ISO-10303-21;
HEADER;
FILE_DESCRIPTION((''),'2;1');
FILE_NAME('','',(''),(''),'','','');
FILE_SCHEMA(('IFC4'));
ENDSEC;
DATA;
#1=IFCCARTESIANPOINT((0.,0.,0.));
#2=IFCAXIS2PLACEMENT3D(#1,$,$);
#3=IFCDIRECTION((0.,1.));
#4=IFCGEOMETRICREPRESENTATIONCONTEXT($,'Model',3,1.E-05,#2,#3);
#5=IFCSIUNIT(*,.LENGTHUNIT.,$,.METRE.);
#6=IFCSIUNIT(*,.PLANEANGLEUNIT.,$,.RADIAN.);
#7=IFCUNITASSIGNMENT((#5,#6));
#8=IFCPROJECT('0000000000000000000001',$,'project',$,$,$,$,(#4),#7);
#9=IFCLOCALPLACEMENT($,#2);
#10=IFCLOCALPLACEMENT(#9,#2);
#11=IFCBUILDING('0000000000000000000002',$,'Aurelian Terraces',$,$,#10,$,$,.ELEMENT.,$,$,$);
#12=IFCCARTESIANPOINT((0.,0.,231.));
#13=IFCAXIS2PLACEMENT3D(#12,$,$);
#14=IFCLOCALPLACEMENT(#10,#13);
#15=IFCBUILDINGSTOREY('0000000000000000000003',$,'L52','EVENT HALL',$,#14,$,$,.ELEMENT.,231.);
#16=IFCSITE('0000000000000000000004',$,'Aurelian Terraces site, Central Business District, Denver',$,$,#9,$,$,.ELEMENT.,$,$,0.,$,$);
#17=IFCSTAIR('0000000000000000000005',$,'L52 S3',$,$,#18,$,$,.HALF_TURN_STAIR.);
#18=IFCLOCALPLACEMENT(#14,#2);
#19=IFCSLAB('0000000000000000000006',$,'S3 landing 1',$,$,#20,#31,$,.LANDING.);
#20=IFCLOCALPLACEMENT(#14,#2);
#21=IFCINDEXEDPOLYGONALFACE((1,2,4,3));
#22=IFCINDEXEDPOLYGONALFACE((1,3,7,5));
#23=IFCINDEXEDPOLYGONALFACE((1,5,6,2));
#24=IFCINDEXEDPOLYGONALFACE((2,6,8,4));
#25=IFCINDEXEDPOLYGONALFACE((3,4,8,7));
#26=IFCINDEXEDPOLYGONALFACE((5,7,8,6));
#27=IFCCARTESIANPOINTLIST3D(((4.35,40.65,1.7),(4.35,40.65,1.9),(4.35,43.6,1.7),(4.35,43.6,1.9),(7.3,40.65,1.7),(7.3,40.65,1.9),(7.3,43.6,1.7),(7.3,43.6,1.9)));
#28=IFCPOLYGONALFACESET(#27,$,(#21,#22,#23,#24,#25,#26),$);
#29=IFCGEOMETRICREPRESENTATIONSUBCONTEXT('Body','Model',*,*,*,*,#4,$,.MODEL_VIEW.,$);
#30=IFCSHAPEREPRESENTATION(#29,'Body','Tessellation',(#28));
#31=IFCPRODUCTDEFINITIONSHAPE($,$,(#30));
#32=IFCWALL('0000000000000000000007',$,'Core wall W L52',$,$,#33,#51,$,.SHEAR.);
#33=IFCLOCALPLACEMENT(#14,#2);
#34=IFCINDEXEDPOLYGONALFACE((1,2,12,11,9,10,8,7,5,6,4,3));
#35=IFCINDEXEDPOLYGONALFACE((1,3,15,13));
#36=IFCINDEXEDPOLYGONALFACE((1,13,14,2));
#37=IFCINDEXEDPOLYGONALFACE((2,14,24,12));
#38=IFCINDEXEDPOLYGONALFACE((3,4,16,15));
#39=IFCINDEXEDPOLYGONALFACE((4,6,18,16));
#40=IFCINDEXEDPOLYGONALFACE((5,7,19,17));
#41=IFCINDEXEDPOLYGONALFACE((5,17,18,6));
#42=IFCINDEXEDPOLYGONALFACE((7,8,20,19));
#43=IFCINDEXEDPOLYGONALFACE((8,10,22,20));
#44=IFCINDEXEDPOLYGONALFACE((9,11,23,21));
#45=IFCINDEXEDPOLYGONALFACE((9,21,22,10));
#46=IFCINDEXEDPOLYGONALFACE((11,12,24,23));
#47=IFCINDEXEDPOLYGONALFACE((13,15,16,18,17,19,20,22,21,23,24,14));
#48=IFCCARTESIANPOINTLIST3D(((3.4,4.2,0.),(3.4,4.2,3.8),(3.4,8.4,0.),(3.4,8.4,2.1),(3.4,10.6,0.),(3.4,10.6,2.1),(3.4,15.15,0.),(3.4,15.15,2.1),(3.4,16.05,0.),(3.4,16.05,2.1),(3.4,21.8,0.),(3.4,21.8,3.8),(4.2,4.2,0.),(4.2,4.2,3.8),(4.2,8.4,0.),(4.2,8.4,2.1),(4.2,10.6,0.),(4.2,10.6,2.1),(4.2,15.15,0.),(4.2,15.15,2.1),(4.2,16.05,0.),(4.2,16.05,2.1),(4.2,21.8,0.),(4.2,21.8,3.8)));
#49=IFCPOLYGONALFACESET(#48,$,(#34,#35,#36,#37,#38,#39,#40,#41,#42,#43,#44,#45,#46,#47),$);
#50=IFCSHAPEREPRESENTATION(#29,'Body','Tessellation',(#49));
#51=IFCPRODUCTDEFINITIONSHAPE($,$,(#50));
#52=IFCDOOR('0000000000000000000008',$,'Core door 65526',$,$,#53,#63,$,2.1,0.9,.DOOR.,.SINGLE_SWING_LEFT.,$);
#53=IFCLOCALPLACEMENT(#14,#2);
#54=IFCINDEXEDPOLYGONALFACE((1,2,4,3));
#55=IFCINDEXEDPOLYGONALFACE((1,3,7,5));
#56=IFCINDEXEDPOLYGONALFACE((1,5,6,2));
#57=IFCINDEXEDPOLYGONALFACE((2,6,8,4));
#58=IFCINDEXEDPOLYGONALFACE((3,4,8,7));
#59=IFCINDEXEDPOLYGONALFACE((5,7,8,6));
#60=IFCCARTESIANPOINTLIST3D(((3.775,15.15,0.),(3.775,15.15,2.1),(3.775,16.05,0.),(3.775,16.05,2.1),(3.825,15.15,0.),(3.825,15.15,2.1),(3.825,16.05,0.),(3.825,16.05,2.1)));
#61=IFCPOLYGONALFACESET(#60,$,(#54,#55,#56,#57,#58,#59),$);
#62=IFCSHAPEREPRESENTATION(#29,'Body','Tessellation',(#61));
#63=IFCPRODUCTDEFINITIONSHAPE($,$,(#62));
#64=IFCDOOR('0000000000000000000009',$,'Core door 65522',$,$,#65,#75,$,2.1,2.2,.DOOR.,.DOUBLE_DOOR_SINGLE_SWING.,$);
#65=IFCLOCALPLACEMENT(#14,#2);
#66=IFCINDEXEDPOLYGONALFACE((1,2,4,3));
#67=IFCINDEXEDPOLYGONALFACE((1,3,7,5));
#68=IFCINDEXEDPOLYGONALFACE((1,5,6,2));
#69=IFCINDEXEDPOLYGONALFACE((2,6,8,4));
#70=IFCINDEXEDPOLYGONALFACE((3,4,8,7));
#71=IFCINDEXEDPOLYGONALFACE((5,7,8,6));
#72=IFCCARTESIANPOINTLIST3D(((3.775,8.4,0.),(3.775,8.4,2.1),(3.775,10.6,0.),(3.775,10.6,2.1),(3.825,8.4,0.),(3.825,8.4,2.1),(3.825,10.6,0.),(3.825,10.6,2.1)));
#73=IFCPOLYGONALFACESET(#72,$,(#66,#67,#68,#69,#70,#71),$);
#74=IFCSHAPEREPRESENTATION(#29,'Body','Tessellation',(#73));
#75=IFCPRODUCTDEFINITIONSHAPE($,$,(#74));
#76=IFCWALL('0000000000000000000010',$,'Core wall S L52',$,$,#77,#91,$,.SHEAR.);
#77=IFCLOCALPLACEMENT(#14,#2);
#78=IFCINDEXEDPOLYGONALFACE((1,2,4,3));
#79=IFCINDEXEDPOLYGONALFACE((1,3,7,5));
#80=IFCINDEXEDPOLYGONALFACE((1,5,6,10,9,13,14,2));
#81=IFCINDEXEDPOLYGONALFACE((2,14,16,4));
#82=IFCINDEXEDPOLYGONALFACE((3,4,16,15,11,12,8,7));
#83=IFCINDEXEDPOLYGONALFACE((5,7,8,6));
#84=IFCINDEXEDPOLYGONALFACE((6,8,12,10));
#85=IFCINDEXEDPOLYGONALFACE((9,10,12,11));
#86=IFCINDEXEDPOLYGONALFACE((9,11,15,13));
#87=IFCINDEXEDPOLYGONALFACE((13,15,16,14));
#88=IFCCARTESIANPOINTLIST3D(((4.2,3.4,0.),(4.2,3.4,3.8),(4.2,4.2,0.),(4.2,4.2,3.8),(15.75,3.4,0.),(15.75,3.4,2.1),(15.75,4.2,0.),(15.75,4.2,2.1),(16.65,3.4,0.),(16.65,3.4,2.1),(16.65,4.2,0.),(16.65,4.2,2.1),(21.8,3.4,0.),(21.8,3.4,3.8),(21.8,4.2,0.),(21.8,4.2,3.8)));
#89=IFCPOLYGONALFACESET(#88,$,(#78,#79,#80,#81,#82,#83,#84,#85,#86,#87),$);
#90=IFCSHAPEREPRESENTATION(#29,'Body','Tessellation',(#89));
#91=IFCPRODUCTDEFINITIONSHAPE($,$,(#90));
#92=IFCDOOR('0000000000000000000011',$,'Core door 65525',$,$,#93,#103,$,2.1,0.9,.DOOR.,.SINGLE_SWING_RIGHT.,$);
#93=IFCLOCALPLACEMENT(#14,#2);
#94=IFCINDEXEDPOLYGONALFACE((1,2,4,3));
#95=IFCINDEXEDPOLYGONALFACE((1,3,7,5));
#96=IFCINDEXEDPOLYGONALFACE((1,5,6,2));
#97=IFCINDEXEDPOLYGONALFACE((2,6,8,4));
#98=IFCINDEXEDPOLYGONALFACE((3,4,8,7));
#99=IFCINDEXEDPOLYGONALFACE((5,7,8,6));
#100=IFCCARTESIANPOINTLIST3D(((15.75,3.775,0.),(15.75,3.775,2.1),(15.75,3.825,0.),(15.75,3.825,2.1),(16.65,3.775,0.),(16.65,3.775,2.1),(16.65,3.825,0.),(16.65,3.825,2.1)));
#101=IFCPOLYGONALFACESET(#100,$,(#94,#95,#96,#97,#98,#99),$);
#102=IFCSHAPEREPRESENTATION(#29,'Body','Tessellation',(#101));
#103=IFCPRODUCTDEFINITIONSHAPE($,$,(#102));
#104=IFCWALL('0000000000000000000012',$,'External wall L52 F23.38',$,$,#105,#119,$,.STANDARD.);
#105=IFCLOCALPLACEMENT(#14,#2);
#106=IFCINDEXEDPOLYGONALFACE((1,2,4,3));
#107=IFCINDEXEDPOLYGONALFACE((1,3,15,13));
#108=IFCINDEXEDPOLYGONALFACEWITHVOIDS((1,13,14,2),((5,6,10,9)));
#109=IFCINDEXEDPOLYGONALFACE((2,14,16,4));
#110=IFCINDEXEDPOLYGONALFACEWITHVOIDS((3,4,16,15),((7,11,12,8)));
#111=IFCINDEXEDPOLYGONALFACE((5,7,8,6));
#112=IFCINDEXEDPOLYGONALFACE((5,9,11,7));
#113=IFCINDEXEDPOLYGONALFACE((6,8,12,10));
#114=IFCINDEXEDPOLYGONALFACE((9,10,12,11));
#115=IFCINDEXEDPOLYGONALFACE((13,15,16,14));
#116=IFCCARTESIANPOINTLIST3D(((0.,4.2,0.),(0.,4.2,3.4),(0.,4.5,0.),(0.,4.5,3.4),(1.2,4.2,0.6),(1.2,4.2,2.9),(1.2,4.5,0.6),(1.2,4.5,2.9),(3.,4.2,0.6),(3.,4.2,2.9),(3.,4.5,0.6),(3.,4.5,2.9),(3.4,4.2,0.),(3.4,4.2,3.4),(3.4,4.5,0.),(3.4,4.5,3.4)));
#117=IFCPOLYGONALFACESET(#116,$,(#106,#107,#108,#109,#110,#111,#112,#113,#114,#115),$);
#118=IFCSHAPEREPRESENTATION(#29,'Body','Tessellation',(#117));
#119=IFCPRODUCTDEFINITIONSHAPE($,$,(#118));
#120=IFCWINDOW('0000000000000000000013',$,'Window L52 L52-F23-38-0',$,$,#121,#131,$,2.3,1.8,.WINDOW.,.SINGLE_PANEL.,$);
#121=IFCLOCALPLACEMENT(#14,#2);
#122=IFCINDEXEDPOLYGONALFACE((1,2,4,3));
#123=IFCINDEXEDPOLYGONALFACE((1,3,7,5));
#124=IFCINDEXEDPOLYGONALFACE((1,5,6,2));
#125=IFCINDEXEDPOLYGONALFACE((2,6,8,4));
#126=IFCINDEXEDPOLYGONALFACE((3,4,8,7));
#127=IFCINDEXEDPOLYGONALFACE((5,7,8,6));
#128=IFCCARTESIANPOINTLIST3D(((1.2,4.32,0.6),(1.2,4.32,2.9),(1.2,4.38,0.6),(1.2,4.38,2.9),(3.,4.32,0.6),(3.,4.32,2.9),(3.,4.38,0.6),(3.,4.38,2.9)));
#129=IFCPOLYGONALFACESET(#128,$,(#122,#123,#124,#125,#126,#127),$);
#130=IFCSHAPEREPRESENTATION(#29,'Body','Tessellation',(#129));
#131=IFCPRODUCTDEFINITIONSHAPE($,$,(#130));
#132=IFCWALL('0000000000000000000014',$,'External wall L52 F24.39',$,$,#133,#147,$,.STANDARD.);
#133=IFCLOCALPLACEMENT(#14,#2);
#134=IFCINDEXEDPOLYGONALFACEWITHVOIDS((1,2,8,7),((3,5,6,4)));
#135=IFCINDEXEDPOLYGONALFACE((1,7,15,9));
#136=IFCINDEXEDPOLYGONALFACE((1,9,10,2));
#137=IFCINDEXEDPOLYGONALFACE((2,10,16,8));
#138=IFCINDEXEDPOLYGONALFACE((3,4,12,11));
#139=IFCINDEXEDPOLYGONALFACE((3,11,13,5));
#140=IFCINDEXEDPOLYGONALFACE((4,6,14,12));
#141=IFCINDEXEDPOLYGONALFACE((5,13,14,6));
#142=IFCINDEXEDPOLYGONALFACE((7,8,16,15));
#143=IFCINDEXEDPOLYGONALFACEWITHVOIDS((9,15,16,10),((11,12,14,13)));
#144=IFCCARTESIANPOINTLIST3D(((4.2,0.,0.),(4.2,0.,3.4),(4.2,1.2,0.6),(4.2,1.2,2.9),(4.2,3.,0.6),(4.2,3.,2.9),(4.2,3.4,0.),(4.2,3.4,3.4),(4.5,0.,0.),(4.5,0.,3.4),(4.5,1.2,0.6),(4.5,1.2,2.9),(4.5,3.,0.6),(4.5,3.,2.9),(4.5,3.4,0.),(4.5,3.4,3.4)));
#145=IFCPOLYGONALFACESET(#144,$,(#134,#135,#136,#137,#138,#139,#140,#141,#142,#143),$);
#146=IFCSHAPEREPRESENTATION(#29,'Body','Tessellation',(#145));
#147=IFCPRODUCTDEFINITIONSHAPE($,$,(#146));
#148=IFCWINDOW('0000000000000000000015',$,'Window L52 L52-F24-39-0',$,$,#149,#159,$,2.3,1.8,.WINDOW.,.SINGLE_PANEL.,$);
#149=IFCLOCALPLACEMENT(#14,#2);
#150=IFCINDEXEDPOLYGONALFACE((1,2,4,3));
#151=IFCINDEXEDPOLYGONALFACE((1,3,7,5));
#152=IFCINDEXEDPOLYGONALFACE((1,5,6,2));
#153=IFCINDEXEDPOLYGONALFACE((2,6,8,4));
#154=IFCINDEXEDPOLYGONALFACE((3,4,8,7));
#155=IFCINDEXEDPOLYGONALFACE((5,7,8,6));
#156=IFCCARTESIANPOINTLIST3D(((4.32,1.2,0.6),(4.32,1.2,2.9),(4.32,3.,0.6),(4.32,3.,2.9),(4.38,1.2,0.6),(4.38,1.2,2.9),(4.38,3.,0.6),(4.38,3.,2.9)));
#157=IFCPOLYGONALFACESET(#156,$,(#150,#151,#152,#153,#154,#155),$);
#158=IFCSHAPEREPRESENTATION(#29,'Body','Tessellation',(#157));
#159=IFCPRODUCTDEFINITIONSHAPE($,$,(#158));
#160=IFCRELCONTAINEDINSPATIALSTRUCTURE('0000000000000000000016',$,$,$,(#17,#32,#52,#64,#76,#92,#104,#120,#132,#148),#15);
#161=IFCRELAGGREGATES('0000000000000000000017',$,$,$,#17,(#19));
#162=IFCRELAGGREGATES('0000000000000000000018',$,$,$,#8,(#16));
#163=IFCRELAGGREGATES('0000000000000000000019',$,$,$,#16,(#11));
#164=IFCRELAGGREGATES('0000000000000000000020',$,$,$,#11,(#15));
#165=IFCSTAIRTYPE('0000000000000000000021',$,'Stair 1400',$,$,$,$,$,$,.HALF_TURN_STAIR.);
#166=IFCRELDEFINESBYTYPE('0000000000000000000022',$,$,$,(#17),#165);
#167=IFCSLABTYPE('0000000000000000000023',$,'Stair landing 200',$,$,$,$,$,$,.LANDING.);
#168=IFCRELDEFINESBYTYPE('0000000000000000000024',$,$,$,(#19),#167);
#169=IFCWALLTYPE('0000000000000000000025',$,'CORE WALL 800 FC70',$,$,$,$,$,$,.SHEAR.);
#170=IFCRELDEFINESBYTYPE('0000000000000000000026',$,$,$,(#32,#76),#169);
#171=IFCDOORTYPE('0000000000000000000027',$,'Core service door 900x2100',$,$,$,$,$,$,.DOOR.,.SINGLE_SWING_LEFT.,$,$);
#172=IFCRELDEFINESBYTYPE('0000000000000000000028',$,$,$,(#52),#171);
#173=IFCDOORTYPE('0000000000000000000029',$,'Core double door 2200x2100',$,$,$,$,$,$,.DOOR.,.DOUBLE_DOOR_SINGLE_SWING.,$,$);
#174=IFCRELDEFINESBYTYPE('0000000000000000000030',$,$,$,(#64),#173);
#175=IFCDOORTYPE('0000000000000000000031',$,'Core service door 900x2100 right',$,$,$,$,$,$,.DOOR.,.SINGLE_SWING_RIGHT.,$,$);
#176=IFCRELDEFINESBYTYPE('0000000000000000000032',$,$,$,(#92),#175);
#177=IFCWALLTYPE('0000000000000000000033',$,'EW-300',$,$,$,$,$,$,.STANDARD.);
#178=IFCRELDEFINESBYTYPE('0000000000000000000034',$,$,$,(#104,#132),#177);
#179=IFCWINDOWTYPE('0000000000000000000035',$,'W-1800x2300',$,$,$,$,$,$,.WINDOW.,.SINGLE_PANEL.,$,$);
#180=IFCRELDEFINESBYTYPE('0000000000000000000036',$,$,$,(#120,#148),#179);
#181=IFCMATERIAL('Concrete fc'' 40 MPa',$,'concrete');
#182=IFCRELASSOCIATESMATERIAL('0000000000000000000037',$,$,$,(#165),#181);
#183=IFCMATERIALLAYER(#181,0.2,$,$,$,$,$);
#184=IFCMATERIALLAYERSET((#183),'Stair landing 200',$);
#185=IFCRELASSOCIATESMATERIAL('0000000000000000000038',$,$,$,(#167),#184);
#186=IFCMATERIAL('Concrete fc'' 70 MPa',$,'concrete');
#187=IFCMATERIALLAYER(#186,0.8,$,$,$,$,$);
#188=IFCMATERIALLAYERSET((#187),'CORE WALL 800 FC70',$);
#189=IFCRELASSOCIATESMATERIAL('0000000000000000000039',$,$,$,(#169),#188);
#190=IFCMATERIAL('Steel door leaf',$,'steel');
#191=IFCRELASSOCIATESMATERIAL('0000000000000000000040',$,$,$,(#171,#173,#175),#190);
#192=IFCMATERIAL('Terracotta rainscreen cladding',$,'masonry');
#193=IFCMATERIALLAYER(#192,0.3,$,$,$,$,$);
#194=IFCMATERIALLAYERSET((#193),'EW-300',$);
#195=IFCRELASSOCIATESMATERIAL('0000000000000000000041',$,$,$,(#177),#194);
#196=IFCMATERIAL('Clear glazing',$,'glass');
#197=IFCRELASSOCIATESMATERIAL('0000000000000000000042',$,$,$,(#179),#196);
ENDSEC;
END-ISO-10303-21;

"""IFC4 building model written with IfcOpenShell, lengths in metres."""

from ifc_helpers import new_model, si_unit, direction, frame, frame_2d, origin, place, context, subcontext, project, spatial, polyline, rectangle, outline, extrude, source, transform, mapped, material, layer, layer_set, type_object, element, fill, aggregate, save


model = new_model("IFC4")

# Units and contexts
model_context = context("Model", 3, precision=1e-05, world=origin(), true_north=direction((0.0, 1.0)))
body_context = subcontext(model_context, "Body", "Model", "MODEL_VIEW")
ifc_project = project(units=[si_unit("LENGTHUNIT", "METRE"), si_unit("PLANEANGLEUNIT", "RADIAN")], contexts=[model_context])

# Site, building, storey
site_placement = place(None, origin())
site = spatial("IfcSite", under=ifc_project, at=site_placement, Name="Aurelian Terraces site, Central Business District, Denver", CompositionType="ELEMENT", RefElevation=0.0)
building_placement = place(site_placement, origin())
building = spatial("IfcBuilding", under=site, at=building_placement, Name="Aurelian Terraces", CompositionType="ELEMENT")
storey_placement = place(building_placement, frame((0.0, 0.0, 231.0)))
storey = spatial("IfcBuildingStorey", under=building, at=storey_placement, Name="L52", Description="EVENT HALL", CompositionType="ELEMENT", Elevation=231.0)

# Stair, slab
ifc_material_1 = material(Name="Concrete fc' 40 MPa", Category="concrete")
stair_type = type_object("IfcStairType", Name="Stair 1400", PredefinedType="HALF_TURN_STAIR", material=ifc_material_1)
stair_placement = place(storey_placement, origin())
stair = element("IfcStair", 1, at=stair_placement, inside=storey, type_object=stair_type, Name="L52 S3", PredefinedType="HALF_TURN_STAIR")
ifc_layer_1 = layer(ifc_material_1, 0.2)
ifc_layer_set_1 = layer_set([ifc_layer_1], Name="Stair landing 200")
slab_type = type_object("IfcSlabType", Name="Stair landing 200", PredefinedType="LANDING", material=ifc_layer_set_1)
shared_shape_1 = source(origin(), body_context, "Body", "SweptSolid", [
    extrude(outline(polyline([(4.35, 40.65), (7.3, 40.65), (7.3, 43.6), (4.35, 43.6), (4.35, 40.65)])), origin(), (0.0, 0.0, 1.0), 0.2),
])
slab_placement = place(storey_placement, frame((0.0, 0.0, 1.7)))
slab = element("IfcSlab", 2, at=slab_placement, type_object=slab_type, Name="S3 landing 1", PredefinedType="LANDING", context=body_context, shape_type="MappedRepresentation", body=[
    mapped(shared_shape_1, transform((0.0, 0.0, 0.0), scale=1.0)),
])
aggregate(stair, [slab])

# Wall, openings, doors
ifc_material_2 = material(Name="Concrete fc' 70 MPa", Category="concrete")
ifc_layer_2 = layer(ifc_material_2, 0.8)
ifc_layer_set_2 = layer_set([ifc_layer_2], Name="CORE WALL 800 FC70")
wall_type_1 = type_object("IfcWallType", Name="CORE WALL 800 FC70", PredefinedType="SHEAR", material=ifc_layer_set_2)
shared_shape_2 = source(origin(), body_context, "Body", "SweptSolid", [
    extrude(rectangle(XDim=17.6, YDim=0.8, at=frame_2d((8.8, 0.0))), origin(), (0.0, 0.0, 1.0), 3.8),
])
wall_1_placement = place(storey_placement, frame((3.8, 4.2, 0.0), z_axis=(0.0, 0.0, 1.0), x_axis=(0.0, 1.0, 0.0)))
wall_1 = element("IfcWall", 3, at=wall_1_placement, inside=storey, type_object=wall_type_1, Name="Core wall W L52", PredefinedType="SHEAR", context=body_context, shape_type="MappedRepresentation", body=[
    mapped(shared_shape_2, transform((0.0, 0.0, 0.0), scale=1.0)),
])
shared_shape_3 = source(origin(), body_context, "Body", "SweptSolid", [
    extrude(rectangle(XDim=2.2, YDim=2.1, at=frame_2d((1.1, 1.05))), frame((0.0, 0.41, 0.0), z_axis=(0.0, -1.0, 0.0), x_axis=(1.0, 0.0, 0.0)), (0.0, 0.0, 1.0), 0.82),
])
opening_1_placement = place(wall_1_placement, frame((4.2, 0.0, 0.0)))
opening_1 = element("IfcOpeningElement", 4, at=opening_1_placement, cuts=wall_1, PredefinedType="OPENING", context=body_context, shape_type="MappedRepresentation", body=[
    mapped(shared_shape_3, transform((0.0, 0.0, 0.0), scale=1.0)),
])
shared_shape_4 = source(origin(), body_context, "Body", "SweptSolid", [
    extrude(rectangle(XDim=0.9, YDim=2.1, at=frame_2d((0.45, 1.05))), frame((0.0, 0.41, 0.0), z_axis=(0.0, -1.0, 0.0), x_axis=(1.0, 0.0, 0.0)), (0.0, 0.0, 1.0), 0.82),
])
opening_2_placement = place(wall_1_placement, frame((10.95, 0.0, 0.0)))
opening_2 = element("IfcOpeningElement", 5, at=opening_2_placement, cuts=wall_1, PredefinedType="OPENING", context=body_context, shape_type="MappedRepresentation", body=[
    mapped(shared_shape_4, transform((0.0, 0.0, 0.0), scale=1.0)),
])
ifc_material_3 = material(Name="Steel door leaf", Category="steel")
door_type_1 = type_object("IfcDoorType", Name="Core service door 900x2100", OperationType="SINGLE_SWING_LEFT", PredefinedType="DOOR", material=ifc_material_3)
shared_shape_5 = source(origin(), body_context, "Body", "SweptSolid", [
    extrude(rectangle(XDim=0.9, YDim=2.1, at=frame_2d((0.45, 1.05))), frame((0.0, 0.025, 0.0), z_axis=(0.0, -1.0, 0.0), x_axis=(1.0, 0.0, 0.0)), (0.0, 0.0, 1.0), 0.05),
])
door_1_placement = place(opening_2_placement, origin())
door_1 = element("IfcDoor", 6, at=door_1_placement, inside=storey, type_object=door_type_1, Name="Core door 65526", OperationType="SINGLE_SWING_LEFT", OverallHeight=2.1, OverallWidth=0.9, PredefinedType="DOOR", context=body_context, shape_type="MappedRepresentation", body=[
    mapped(shared_shape_5, transform((0.0, 0.0, 0.0), scale=1.0)),
])
fill(opening_2, door_1)
door_type_2 = type_object("IfcDoorType", Name="Core double door 2200x2100", OperationType="DOUBLE_DOOR_SINGLE_SWING", PredefinedType="DOOR", material=ifc_material_3)
shared_shape_6 = source(origin(), body_context, "Body", "SweptSolid", [
    extrude(rectangle(XDim=2.2, YDim=2.1, at=frame_2d((1.1, 1.05))), frame((0.0, 0.025, 0.0), z_axis=(0.0, -1.0, 0.0), x_axis=(1.0, 0.0, 0.0)), (0.0, 0.0, 1.0), 0.05),
])
door_2_placement = place(opening_1_placement, origin())
door_2 = element("IfcDoor", 7, at=door_2_placement, inside=storey, type_object=door_type_2, Name="Core door 65522", OperationType="DOUBLE_DOOR_SINGLE_SWING", OverallHeight=2.1, OverallWidth=2.2, PredefinedType="DOOR", context=body_context, shape_type="MappedRepresentation", body=[
    mapped(shared_shape_6, transform((0.0, 0.0, 0.0), scale=1.0)),
])
fill(opening_1, door_2)

# Wall, opening, door
wall_2_placement = place(storey_placement, frame((4.2, 3.8, 0.0), z_axis=(0.0, 0.0, 1.0), x_axis=(1.0, 0.0, 0.0)))
wall_2 = element("IfcWall", 8, at=wall_2_placement, inside=storey, type_object=wall_type_1, Name="Core wall S L52", PredefinedType="SHEAR", context=body_context, shape_type="MappedRepresentation", body=[
    mapped(shared_shape_2, transform((0.0, 0.0, 0.0), scale=1.0)),
])
opening_3_placement = place(wall_2_placement, frame((11.55, 0.0, 0.0)))
opening_3 = element("IfcOpeningElement", 9, at=opening_3_placement, cuts=wall_2, PredefinedType="OPENING", context=body_context, shape_type="MappedRepresentation", body=[
    mapped(shared_shape_4, transform((0.0, 0.0, 0.0), scale=1.0)),
])
door_type_3 = type_object("IfcDoorType", Name="Core service door 900x2100 right", OperationType="SINGLE_SWING_RIGHT", PredefinedType="DOOR", material=ifc_material_3)
door_3_placement = place(opening_3_placement, origin())
door_3 = element("IfcDoor", 10, at=door_3_placement, inside=storey, type_object=door_type_3, Name="Core door 65525", OperationType="SINGLE_SWING_RIGHT", OverallHeight=2.1, OverallWidth=0.9, PredefinedType="DOOR", context=body_context, shape_type="MappedRepresentation", body=[
    mapped(shared_shape_5, transform((0.0, 0.0, 0.0), scale=1.0)),
])
fill(opening_3, door_3)

# Walls, openings, windows
ifc_material_4 = material(Name="Terracotta rainscreen cladding", Category="masonry")
ifc_layer_3 = layer(ifc_material_4, 0.3)
ifc_layer_set_3 = layer_set([ifc_layer_3], Name="EW-300")
wall_type_2 = type_object("IfcWallType", Name="EW-300", PredefinedType="STANDARD", material=ifc_layer_set_3)
shared_shape_7 = source(origin(), body_context, "Body", "SweptSolid", [
    extrude(rectangle(XDim=3.4, YDim=0.3, at=frame_2d((1.7, 0.0))), origin(), (0.0, 0.0, 1.0), 3.4),
])
wall_3_placement = place(storey_placement, frame((0.0, 4.35, 0.0), z_axis=(0.0, 0.0, 1.0), x_axis=(1.0, 0.0, 0.0)))
wall_3 = element("IfcWall", 11, at=wall_3_placement, inside=storey, type_object=wall_type_2, Name="External wall L52 F23.38", PredefinedType="STANDARD", context=body_context, shape_type="MappedRepresentation", body=[
    mapped(shared_shape_7, transform((0.0, 0.0, 0.0), scale=1.0)),
])
shared_shape_8 = source(origin(), body_context, "Body", "SweptSolid", [
    extrude(rectangle(XDim=1.8, YDim=2.3, at=frame_2d((0.9, 1.15))), frame((0.0, 0.16, 0.0), z_axis=(0.0, -1.0, 0.0), x_axis=(1.0, 0.0, 0.0)), (0.0, 0.0, 1.0), 0.32),
])
opening_4_placement = place(wall_3_placement, frame((1.2, 0.0, 0.6)))
opening_4 = element("IfcOpeningElement", 12, at=opening_4_placement, cuts=wall_3, PredefinedType="OPENING", context=body_context, shape_type="MappedRepresentation", body=[
    mapped(shared_shape_8, transform((0.0, 0.0, 0.0), scale=1.0)),
])
ifc_material_5 = material(Name="Clear glazing", Category="glass")
window_type = type_object("IfcWindowType", Name="W-1800x2300", PartitioningType="SINGLE_PANEL", PredefinedType="WINDOW", material=ifc_material_5)
shared_shape_9 = source(origin(), body_context, "Body", "SweptSolid", [
    extrude(rectangle(XDim=1.8, YDim=2.3, at=frame_2d((0.9, 1.15))), frame((0.0, 0.03, 0.0), z_axis=(0.0, -1.0, 0.0), x_axis=(1.0, 0.0, 0.0)), (0.0, 0.0, 1.0), 0.06),
])
window_1_placement = place(opening_4_placement, origin())
window_1 = element("IfcWindow", 13, at=window_1_placement, inside=storey, type_object=window_type, Name="Window L52 L52-F23-38-0", OverallHeight=2.3, OverallWidth=1.8, PartitioningType="SINGLE_PANEL", PredefinedType="WINDOW", context=body_context, shape_type="MappedRepresentation", body=[
    mapped(shared_shape_9, transform((0.0, 0.0, 0.0), scale=1.0)),
])
fill(opening_4, window_1)
wall_4_placement = place(storey_placement, frame((4.35, 3.4, 0.0), z_axis=(0.0, 0.0, 1.0), x_axis=(0.0, -1.0, 0.0)))
wall_4 = element("IfcWall", 14, at=wall_4_placement, inside=storey, type_object=wall_type_2, Name="External wall L52 F24.39", PredefinedType="STANDARD", context=body_context, shape_type="MappedRepresentation", body=[
    mapped(shared_shape_7, transform((0.0, 0.0, 0.0), scale=1.0)),
])
opening_5_placement = place(wall_4_placement, frame((0.4, 0.0, 0.6)))
opening_5 = element("IfcOpeningElement", 15, at=opening_5_placement, cuts=wall_4, PredefinedType="OPENING", context=body_context, shape_type="MappedRepresentation", body=[
    mapped(shared_shape_8, transform((0.0, 0.0, 0.0), scale=1.0)),
])
window_2_placement = place(opening_5_placement, origin())
window_2 = element("IfcWindow", 16, at=window_2_placement, inside=storey, type_object=window_type, Name="Window L52 L52-F24-39-0", OverallHeight=2.3, OverallWidth=1.8, PartitioningType="SINGLE_PANEL", PredefinedType="WINDOW", context=body_context, shape_type="MappedRepresentation", body=[
    mapped(shared_shape_9, transform((0.0, 0.0, 0.0), scale=1.0)),
])
fill(opening_5, window_2)

save(model, "model.ifc")
